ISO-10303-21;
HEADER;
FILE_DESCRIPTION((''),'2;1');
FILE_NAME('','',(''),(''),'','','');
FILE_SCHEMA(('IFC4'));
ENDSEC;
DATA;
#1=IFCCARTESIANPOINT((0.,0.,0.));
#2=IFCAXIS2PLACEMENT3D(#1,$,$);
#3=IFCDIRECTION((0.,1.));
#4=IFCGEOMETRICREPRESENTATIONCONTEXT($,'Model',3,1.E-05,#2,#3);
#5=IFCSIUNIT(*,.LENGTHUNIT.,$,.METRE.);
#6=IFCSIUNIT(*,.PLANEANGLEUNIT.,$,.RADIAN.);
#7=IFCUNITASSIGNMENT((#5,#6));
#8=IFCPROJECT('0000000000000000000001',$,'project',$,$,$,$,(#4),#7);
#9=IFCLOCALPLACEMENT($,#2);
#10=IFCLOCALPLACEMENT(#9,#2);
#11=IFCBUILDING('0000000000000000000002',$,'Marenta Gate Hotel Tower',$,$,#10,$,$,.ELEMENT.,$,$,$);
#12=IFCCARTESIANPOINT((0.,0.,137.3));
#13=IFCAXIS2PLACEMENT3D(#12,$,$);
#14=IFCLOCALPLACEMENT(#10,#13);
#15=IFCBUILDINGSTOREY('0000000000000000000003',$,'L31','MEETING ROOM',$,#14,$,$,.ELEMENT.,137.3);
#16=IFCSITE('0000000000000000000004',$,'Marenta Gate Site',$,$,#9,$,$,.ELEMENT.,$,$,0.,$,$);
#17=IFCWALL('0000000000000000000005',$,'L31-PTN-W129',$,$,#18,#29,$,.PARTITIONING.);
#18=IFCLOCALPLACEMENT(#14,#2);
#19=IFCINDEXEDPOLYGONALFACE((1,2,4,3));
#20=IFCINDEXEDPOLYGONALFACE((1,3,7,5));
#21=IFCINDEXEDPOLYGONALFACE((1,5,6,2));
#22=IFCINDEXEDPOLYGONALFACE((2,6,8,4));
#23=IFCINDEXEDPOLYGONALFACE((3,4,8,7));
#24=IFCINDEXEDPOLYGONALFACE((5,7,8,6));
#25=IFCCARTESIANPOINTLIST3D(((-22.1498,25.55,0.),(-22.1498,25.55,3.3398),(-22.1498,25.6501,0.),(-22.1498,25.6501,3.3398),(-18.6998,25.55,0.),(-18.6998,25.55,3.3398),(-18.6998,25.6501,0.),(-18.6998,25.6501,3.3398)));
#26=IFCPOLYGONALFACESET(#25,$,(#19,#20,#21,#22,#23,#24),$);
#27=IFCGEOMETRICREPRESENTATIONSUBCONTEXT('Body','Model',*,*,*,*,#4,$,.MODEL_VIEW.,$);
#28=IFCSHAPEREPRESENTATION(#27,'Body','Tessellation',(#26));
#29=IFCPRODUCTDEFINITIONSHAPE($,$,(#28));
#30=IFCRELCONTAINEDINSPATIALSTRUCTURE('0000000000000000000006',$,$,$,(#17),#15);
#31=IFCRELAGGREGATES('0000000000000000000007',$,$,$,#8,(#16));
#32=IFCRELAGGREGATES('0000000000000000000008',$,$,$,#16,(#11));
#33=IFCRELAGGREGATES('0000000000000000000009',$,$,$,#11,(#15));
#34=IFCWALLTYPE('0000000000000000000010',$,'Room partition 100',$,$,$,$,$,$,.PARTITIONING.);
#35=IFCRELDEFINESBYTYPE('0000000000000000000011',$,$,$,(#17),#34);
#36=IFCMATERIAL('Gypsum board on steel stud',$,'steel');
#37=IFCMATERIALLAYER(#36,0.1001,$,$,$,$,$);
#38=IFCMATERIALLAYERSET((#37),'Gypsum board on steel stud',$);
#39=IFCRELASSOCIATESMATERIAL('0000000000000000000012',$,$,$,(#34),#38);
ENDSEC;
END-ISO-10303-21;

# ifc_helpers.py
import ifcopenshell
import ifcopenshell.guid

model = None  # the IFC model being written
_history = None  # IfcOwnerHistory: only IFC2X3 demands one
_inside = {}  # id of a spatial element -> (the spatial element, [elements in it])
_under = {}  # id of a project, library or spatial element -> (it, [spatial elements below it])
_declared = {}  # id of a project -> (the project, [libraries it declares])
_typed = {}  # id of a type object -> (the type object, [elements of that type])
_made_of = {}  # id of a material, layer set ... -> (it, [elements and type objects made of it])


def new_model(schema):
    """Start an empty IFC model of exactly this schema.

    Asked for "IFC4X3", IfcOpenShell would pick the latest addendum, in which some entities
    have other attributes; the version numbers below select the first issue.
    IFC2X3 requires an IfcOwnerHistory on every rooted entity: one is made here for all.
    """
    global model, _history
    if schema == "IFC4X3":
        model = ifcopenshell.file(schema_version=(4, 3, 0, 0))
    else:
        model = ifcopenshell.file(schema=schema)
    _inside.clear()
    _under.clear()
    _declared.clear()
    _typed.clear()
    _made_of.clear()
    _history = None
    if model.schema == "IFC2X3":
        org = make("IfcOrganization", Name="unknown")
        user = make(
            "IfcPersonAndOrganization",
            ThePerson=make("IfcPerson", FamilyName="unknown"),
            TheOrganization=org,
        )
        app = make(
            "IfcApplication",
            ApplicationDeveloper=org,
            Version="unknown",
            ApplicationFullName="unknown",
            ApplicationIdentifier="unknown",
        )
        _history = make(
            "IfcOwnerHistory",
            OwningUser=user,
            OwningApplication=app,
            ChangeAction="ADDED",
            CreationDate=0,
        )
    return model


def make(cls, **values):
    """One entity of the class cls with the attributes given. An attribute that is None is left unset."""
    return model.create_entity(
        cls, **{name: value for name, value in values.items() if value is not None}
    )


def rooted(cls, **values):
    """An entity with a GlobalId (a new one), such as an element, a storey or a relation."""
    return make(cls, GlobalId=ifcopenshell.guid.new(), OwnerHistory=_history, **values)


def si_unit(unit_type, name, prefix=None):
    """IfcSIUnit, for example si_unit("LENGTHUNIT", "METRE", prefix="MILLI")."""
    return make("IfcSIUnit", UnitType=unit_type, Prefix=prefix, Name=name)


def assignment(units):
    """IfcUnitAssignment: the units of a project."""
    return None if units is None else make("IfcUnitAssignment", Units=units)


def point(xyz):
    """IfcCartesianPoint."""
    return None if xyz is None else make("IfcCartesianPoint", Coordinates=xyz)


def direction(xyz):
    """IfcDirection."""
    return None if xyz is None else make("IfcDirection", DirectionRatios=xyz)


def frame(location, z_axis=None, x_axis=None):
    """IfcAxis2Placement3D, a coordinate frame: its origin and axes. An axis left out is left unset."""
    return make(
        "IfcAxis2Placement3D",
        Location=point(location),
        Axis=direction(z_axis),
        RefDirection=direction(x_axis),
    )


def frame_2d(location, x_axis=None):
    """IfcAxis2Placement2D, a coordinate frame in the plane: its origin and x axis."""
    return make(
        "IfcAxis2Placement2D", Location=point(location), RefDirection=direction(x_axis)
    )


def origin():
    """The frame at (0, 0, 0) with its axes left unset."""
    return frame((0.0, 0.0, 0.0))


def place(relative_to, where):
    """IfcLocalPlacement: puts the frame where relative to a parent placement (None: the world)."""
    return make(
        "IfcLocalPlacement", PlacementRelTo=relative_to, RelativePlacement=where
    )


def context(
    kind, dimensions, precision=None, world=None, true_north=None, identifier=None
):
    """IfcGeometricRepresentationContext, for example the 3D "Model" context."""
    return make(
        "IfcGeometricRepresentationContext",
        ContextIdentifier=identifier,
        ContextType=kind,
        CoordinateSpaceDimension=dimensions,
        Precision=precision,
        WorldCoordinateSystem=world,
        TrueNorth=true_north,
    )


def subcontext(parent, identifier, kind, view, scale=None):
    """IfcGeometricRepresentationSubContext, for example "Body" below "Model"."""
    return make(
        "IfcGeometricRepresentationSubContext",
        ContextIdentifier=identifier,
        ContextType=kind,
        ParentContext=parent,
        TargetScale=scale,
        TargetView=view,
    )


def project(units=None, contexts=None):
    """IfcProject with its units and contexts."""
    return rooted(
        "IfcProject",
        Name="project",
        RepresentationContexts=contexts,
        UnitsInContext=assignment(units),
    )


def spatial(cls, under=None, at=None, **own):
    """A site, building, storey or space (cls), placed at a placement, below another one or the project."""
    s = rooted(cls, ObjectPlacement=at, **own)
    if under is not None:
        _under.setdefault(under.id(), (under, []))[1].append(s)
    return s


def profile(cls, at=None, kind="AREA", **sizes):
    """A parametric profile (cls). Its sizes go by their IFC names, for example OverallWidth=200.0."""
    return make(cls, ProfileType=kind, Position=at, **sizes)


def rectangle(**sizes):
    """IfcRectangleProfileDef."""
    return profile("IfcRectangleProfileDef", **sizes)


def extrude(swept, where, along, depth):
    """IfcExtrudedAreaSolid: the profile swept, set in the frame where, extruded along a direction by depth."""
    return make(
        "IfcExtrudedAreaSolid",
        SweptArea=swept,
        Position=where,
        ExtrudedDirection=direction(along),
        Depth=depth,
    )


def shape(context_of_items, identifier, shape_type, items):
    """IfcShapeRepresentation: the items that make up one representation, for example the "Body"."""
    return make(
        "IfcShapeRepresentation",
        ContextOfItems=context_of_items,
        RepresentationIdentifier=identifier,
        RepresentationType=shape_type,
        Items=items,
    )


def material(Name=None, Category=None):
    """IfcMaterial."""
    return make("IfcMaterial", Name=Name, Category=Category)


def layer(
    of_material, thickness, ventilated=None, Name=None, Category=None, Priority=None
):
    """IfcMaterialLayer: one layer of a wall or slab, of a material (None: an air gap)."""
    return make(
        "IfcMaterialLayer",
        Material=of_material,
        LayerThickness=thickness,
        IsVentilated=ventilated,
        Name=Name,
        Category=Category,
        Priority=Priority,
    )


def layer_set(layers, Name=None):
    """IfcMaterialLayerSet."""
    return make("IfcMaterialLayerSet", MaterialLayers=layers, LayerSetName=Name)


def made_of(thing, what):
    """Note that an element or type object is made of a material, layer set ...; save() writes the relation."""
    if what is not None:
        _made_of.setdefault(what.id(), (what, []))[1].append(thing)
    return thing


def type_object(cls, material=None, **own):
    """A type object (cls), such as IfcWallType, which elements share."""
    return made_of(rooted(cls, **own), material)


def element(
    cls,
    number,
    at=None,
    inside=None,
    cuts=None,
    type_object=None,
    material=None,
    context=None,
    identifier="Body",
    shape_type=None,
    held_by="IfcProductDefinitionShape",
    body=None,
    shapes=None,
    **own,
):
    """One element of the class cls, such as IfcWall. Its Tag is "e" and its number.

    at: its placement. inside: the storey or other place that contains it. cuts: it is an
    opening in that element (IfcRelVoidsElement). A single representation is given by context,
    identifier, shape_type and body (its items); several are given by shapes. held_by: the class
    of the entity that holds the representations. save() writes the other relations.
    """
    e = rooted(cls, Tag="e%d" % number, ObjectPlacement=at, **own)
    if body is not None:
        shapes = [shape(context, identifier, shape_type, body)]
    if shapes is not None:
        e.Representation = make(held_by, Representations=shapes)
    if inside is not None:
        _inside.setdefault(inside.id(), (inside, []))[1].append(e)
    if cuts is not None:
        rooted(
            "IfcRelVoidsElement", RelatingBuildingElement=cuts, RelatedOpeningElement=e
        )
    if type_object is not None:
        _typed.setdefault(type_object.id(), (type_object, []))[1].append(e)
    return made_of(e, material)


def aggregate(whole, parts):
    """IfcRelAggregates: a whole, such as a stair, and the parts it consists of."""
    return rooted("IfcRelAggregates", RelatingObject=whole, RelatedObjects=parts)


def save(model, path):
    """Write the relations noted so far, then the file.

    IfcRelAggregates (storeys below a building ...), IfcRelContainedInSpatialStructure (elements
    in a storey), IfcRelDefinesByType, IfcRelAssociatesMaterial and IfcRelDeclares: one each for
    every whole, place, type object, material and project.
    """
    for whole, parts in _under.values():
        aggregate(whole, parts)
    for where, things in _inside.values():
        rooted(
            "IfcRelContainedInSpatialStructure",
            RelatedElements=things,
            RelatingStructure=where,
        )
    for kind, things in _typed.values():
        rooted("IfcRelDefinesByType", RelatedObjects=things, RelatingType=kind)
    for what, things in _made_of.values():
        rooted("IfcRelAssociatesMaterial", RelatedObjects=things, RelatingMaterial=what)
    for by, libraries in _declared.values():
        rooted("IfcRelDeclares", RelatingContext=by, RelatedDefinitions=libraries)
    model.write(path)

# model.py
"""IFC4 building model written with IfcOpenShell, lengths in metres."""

from ifc_helpers import new_model, si_unit, direction, frame, frame_2d, origin, place, context, subcontext, project, spatial, rectangle, extrude, material, layer, layer_set, type_object, element, save


model = new_model("IFC4")

# Units and contexts
model_context = context("Model", 3, precision=1e-05, world=origin(), true_north=direction((0.0, 1.0)))
body_context = subcontext(model_context, "Body", "Model", "MODEL_VIEW")
ifc_project = project(units=[si_unit("LENGTHUNIT", "METRE"), si_unit("PLANEANGLEUNIT", "RADIAN")], contexts=[model_context])

# Site, building, storey
site_placement = place(None, origin())
site = spatial("IfcSite", under=ifc_project, at=site_placement, Name="Marenta Gate Site", CompositionType="ELEMENT", RefElevation=0.0)
building_placement = place(site_placement, origin())
building = spatial("IfcBuilding", under=site, at=building_placement, Name="Marenta Gate Hotel Tower", CompositionType="ELEMENT")
storey_placement = place(building_placement, frame((0.0, 0.0, 137.3)))
storey = spatial("IfcBuildingStorey", under=building, at=storey_placement, Name="L31", Description="MEETING ROOM", CompositionType="ELEMENT", Elevation=137.3)

# Shared definitions
ifc_material_1 = material(Name="Gypsum board on steel stud", Category="steel")
ifc_layer_1 = layer(ifc_material_1, 0.1001)
ifc_layer_set_1 = layer_set([ifc_layer_1], Name="Gypsum board on steel stud")
wall_type_1 = type_object("IfcWallType", Name="Room partition 100", PredefinedType="PARTITIONING", material=ifc_layer_set_1)

# Wall
wall_1_placement = place(storey_placement, frame((-22.1499, 25.6001, 0.0), z_axis=(0.0, 0.0, 1.0), x_axis=(1.0, 0.0, 0.0)))
element("IfcWall", 1, at=wall_1_placement, inside=storey, type_object=wall_type_1, Name="L31-PTN-W129", PredefinedType="PARTITIONING", context=body_context, shape_type="SweptSolid", body=[
    extrude(rectangle(XDim=3.45, YDim=0.1001, at=frame_2d((1.7251, 0.0))), origin(), (0.0, 0.0, 1.0), 3.3398),
])

save(model, "model.ifc")
